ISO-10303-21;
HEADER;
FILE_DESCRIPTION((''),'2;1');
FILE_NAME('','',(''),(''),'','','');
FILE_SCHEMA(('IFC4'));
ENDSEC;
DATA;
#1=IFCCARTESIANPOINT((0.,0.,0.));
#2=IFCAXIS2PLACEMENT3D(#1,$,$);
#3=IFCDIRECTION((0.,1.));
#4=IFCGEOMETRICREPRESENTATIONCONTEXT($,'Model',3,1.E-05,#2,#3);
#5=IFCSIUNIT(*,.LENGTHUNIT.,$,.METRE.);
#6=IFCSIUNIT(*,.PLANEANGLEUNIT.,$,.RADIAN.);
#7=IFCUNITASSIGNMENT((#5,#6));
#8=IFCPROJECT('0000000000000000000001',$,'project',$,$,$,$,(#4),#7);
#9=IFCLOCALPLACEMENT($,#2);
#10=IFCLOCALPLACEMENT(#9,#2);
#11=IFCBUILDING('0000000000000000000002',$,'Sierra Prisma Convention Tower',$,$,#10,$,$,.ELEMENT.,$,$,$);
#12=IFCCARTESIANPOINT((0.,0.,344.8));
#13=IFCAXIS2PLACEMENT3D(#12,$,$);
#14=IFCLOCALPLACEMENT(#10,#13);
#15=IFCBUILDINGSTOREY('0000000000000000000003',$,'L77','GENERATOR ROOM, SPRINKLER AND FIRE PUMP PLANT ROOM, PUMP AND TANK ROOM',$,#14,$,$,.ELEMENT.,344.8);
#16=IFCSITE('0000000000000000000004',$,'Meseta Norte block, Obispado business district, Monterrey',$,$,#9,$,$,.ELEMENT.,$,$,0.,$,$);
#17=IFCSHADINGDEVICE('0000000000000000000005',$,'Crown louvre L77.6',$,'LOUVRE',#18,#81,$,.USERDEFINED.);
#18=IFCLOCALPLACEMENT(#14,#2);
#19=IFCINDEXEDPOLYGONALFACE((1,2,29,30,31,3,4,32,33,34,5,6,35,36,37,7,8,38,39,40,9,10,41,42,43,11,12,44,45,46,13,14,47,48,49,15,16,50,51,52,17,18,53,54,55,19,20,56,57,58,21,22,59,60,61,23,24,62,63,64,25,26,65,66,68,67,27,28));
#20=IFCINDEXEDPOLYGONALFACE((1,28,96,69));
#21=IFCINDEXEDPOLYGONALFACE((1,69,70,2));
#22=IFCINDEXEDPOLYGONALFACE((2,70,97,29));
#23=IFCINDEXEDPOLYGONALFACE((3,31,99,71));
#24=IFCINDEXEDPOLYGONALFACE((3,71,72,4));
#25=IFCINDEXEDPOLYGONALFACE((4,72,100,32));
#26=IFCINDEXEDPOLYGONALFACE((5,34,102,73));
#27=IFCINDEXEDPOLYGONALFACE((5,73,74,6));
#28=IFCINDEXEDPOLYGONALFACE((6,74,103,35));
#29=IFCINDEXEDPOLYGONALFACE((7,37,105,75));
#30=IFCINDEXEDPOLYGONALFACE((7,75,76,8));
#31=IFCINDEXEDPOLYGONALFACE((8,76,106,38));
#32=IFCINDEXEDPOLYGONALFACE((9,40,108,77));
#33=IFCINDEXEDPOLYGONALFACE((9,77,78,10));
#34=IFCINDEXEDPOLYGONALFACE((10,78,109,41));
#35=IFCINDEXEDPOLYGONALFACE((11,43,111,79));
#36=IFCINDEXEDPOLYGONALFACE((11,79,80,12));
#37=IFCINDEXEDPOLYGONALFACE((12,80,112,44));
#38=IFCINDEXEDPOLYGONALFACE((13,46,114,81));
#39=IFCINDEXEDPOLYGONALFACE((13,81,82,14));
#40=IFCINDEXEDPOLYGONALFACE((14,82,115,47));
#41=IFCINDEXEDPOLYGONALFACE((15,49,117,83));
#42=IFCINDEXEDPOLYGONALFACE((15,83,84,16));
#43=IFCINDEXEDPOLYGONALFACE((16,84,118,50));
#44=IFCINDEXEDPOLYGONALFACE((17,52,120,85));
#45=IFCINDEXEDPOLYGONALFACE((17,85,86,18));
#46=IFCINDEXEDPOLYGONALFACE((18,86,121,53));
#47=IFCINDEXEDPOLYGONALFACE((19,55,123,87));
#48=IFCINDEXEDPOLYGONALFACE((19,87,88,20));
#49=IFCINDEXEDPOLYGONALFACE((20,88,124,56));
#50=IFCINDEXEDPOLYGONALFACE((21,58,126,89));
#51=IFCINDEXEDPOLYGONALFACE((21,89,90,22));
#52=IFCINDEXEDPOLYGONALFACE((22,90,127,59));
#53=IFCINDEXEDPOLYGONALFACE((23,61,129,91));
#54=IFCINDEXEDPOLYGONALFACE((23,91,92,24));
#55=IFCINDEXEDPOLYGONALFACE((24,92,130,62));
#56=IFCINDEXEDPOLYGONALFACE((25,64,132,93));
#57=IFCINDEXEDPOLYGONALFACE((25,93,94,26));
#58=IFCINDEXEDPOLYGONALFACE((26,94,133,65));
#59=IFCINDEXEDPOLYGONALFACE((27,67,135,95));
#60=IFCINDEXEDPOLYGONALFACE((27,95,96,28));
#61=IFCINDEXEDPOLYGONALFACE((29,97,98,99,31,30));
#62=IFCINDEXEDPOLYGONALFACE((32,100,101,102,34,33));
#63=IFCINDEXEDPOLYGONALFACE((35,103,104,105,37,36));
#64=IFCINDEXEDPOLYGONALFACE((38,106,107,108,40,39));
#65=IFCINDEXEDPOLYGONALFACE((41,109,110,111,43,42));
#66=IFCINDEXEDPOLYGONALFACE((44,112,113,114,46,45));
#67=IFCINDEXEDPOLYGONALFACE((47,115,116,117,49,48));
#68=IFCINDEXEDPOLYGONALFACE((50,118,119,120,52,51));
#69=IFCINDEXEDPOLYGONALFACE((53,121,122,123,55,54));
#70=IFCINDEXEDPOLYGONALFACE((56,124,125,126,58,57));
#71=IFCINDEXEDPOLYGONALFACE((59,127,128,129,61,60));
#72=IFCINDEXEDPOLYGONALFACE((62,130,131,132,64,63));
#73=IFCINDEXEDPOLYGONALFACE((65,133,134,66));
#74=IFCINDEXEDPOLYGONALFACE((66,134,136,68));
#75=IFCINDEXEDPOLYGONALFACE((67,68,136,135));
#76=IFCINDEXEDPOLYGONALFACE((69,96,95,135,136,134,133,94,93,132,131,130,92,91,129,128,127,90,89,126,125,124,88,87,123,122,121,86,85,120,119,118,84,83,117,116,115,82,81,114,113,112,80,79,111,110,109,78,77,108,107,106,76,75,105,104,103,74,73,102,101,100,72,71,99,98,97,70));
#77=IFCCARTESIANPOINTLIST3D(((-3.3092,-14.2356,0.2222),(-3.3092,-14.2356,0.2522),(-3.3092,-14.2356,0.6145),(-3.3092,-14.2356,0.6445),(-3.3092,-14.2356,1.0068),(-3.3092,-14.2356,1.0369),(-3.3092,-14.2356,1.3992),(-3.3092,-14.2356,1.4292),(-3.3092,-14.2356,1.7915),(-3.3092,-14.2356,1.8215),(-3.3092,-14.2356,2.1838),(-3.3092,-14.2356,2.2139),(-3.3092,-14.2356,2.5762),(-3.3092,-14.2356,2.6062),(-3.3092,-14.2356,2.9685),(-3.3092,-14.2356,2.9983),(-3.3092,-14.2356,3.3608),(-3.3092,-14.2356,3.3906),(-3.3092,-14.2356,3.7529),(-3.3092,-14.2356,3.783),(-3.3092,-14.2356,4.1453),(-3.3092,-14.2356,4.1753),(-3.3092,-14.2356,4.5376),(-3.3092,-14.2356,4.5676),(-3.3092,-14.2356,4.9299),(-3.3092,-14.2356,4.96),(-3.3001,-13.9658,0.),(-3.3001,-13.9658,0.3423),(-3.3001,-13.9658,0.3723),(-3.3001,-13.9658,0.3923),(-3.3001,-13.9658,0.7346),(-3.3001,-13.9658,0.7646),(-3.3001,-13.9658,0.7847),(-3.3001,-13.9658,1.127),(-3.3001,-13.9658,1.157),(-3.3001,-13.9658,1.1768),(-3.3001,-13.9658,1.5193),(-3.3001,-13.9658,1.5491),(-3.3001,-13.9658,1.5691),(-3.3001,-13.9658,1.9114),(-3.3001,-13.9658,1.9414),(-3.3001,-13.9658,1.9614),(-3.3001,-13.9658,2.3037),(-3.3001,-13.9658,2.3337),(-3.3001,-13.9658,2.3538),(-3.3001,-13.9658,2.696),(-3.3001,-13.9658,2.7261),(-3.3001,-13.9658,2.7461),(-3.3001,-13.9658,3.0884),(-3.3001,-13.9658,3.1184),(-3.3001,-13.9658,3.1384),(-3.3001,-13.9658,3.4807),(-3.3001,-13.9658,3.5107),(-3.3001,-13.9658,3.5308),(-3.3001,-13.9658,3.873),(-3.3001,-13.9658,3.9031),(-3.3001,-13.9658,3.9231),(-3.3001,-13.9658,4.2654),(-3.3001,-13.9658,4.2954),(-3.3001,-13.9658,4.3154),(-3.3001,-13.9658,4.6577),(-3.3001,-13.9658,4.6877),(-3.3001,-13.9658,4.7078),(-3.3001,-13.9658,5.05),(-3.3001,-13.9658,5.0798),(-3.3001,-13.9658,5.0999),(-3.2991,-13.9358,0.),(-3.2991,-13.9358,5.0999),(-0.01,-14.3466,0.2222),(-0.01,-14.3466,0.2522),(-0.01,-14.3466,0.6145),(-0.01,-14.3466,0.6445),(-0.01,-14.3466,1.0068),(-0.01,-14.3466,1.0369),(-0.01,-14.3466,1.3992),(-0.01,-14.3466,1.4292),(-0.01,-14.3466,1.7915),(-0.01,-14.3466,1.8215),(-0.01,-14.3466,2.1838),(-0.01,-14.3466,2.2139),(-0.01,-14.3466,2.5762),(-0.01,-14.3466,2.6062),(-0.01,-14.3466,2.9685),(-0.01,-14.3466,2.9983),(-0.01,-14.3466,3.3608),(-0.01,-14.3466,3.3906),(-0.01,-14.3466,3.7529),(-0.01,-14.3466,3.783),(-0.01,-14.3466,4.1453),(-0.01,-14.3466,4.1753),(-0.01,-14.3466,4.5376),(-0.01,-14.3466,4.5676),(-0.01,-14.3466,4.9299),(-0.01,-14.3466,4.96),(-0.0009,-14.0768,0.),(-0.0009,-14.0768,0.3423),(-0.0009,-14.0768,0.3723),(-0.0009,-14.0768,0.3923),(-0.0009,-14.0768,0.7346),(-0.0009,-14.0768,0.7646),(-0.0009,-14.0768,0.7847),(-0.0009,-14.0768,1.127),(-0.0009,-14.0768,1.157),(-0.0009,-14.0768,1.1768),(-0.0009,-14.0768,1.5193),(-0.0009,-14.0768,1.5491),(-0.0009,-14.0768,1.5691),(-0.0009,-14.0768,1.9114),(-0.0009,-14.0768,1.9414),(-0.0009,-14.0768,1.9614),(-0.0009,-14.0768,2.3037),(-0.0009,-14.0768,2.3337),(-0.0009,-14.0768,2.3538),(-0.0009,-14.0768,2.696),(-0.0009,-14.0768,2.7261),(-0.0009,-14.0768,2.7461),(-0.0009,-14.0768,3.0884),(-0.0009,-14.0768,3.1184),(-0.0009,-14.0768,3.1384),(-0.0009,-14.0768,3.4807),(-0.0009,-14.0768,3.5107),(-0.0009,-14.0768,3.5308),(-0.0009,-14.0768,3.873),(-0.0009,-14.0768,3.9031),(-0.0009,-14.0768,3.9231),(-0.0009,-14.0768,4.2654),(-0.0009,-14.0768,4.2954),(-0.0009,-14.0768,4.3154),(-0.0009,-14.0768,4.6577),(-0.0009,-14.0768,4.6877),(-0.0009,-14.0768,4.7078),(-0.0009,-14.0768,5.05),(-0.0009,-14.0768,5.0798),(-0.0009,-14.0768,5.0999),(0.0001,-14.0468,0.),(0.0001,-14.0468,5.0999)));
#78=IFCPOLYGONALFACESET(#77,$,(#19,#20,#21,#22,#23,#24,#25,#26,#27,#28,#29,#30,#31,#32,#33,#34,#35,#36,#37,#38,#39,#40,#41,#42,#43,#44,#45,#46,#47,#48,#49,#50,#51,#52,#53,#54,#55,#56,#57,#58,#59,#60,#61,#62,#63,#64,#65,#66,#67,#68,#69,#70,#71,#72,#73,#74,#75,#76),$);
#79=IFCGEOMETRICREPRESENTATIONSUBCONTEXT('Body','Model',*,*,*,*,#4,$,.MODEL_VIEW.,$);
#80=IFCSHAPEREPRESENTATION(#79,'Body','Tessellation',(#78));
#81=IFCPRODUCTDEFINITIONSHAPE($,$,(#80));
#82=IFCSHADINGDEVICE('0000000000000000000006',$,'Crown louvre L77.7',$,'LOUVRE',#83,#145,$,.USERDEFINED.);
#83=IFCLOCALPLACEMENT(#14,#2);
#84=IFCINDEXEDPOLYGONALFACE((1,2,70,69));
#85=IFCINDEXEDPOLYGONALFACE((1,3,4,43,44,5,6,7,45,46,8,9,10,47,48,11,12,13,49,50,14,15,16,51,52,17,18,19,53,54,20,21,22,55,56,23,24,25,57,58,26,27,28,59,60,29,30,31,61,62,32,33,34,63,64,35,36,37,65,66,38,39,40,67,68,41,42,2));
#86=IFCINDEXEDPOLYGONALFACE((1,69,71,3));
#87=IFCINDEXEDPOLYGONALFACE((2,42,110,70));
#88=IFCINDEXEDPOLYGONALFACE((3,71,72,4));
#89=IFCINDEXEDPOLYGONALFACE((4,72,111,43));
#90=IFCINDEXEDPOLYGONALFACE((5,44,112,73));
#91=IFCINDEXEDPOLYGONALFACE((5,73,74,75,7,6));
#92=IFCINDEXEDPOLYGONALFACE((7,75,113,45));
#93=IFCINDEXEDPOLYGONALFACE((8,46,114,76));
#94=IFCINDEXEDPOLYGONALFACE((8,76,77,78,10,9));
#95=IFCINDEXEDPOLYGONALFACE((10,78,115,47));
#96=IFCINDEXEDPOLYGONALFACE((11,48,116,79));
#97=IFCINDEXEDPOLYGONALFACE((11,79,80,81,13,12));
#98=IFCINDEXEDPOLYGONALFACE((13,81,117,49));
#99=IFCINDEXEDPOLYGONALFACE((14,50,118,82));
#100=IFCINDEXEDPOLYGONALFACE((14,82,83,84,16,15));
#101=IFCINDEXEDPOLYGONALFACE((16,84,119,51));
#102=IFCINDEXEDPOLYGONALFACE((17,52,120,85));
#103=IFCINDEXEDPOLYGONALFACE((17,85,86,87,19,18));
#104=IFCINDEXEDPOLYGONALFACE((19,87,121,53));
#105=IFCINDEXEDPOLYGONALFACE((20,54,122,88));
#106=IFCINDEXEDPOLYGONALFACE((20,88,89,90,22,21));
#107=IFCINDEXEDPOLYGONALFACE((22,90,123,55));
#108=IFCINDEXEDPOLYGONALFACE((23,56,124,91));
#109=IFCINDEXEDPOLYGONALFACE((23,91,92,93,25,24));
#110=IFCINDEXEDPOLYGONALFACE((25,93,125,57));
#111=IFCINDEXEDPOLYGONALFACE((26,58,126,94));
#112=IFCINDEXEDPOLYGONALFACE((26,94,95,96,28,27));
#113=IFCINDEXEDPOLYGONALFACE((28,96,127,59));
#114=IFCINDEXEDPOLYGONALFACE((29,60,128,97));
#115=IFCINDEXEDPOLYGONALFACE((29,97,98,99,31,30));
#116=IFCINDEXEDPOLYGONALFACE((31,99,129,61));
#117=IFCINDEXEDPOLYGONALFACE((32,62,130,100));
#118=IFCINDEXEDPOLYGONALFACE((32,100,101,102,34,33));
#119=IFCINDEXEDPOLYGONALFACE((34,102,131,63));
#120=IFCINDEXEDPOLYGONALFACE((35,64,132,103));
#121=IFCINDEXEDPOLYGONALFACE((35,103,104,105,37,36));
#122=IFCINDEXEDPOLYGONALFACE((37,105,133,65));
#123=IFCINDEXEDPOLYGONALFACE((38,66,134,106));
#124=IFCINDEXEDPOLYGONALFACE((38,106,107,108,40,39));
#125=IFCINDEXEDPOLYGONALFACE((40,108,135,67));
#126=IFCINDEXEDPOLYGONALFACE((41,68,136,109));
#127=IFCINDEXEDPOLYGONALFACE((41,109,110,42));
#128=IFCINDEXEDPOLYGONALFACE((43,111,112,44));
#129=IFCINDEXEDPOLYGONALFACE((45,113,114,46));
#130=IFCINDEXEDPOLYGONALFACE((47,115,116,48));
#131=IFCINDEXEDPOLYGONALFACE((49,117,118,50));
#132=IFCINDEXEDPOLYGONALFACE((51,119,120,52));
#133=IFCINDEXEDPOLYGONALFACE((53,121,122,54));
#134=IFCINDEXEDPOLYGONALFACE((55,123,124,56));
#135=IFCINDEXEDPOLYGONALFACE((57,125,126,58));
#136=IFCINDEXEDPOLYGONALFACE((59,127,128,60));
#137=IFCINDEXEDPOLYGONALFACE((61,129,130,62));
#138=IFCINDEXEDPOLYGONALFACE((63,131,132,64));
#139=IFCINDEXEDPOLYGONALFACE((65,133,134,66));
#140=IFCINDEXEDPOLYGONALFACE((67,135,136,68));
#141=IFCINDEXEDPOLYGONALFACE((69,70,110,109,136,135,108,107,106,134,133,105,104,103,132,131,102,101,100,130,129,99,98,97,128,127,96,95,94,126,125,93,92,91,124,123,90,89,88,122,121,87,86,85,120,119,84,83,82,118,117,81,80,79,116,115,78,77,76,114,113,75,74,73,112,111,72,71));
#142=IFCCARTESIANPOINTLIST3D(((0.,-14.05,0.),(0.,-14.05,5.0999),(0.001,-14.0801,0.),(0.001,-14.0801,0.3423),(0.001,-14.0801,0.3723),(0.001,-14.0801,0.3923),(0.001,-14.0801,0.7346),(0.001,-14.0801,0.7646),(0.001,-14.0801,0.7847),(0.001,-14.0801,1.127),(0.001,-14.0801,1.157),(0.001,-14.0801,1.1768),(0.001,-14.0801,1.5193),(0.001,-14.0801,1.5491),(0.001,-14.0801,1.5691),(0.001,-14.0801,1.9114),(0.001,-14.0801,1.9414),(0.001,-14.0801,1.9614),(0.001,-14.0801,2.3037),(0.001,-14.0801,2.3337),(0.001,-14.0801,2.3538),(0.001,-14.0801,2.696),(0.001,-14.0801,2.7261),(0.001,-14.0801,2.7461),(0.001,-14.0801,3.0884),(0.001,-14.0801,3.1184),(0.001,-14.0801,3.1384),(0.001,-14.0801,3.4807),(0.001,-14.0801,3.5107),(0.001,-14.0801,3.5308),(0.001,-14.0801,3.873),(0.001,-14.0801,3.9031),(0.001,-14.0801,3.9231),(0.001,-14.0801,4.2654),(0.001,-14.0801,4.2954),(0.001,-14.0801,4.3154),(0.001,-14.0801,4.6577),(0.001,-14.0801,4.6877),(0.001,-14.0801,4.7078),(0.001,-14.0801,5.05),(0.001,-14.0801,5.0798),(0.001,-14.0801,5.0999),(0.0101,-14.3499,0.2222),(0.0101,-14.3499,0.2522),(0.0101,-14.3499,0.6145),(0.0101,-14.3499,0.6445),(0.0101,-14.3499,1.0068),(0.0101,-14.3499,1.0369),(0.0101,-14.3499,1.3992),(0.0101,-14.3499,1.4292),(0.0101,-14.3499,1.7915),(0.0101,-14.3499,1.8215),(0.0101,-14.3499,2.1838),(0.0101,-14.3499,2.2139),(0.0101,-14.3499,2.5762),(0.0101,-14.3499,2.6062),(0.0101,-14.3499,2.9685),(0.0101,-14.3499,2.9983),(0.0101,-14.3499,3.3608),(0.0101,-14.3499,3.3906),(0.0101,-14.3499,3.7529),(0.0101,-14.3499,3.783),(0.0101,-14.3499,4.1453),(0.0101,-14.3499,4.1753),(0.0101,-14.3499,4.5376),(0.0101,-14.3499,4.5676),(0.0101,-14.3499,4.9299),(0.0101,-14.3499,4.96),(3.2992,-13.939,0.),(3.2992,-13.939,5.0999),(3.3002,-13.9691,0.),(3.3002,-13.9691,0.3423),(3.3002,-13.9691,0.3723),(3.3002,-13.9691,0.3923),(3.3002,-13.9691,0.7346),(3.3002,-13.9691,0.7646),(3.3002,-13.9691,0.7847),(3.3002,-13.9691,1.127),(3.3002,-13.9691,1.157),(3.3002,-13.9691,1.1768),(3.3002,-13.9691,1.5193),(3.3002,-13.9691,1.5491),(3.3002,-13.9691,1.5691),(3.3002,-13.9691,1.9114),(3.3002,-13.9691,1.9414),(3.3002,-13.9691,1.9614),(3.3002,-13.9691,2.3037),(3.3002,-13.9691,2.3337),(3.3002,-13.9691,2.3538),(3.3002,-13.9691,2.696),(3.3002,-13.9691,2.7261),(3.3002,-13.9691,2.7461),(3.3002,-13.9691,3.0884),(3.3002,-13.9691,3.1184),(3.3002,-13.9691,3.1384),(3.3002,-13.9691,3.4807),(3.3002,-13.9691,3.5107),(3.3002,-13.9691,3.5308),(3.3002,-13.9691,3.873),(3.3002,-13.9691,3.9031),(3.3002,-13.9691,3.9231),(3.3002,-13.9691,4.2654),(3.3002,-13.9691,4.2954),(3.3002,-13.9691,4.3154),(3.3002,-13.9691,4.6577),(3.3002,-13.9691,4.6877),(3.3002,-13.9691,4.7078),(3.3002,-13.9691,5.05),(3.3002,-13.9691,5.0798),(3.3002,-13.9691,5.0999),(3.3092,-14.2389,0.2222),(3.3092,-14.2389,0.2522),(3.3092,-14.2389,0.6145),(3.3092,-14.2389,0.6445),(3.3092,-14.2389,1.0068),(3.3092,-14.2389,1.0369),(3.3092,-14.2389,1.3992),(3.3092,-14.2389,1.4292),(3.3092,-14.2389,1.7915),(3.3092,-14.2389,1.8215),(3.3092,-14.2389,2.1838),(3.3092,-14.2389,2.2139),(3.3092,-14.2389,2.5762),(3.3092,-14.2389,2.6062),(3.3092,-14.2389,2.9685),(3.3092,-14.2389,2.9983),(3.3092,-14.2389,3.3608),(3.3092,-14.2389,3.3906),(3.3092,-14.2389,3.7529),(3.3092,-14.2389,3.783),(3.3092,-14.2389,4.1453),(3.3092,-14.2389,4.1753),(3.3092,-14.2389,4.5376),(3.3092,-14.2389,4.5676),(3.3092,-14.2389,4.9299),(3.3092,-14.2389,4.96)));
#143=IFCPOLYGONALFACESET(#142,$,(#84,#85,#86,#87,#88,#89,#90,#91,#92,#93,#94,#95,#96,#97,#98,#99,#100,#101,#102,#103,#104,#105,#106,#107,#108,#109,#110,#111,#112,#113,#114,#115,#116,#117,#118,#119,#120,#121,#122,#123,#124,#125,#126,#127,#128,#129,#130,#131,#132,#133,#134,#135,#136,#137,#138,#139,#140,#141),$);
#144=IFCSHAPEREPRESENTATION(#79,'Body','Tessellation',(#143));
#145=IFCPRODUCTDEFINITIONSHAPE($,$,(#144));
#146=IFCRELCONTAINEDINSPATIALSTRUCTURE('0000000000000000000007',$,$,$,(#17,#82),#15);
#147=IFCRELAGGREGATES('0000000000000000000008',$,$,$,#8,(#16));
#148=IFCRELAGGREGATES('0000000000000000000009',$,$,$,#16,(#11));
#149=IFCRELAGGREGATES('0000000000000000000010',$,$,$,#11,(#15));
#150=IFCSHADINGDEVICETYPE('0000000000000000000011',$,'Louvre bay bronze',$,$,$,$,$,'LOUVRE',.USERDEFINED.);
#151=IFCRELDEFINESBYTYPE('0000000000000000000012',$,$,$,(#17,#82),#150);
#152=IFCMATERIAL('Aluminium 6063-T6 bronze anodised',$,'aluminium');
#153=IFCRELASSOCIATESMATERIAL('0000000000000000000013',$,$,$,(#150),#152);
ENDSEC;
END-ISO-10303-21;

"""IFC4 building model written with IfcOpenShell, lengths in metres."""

from ifc_helpers import new_model, si_unit, direction, frame, origin, place, context, subcontext, project, spatial, polyline, outline, extrude, material, type_object, element, save


model = new_model("IFC4")

# Units and contexts
model_context = context("Model", 3, precision=1e-05, world=origin(), true_north=direction((0.0, 1.0)))
body_context = subcontext(model_context, "Body", "Model", "MODEL_VIEW")
ifc_project = project(units=[si_unit("LENGTHUNIT", "METRE"), si_unit("PLANEANGLEUNIT", "RADIAN")], contexts=[model_context])

# Site, building, storey
site_placement = place(None, origin())
site = spatial("IfcSite", under=ifc_project, at=site_placement, Name="Meseta Norte block, Obispado business district, Monterrey", CompositionType="ELEMENT", RefElevation=0.0)
building_placement = place(site_placement, origin())
building = spatial("IfcBuilding", under=site, at=building_placement, Name="Sierra Prisma Convention Tower", CompositionType="ELEMENT")
storey_placement = place(building_placement, frame((0.0, 0.0, 344.8)))
storey = spatial("IfcBuildingStorey", under=building, at=storey_placement, Name="L77", Description="GENERATOR ROOM, SPRINKLER AND FIRE PUMP PLANT ROOM, PUMP AND TANK ROOM", CompositionType="ELEMENT", Elevation=344.8)

# Shading devices
ifc_material_1 = material(Name="Aluminium 6063-T6 bronze anodised", Category="aluminium")
shading_device_type = type_object("IfcShadingDeviceType", Name="Louvre bay bronze", ElementType="LOUVRE", PredefinedType="USERDEFINED", material=ifc_material_1)
shading_device_1_placement = place(storey_placement, frame((-3.2991, -13.9358, 0.0), z_axis=(-0.999434, 0.033631, 0.0), x_axis=(0.0, 0.0, 1.0)))
element("IfcShadingDevice", 1, at=shading_device_1_placement, inside=storey, type_object=shading_device_type, Name="Crown louvre L77.6", ObjectType="LOUVRE", PredefinedType="USERDEFINED", context=body_context, shape_type="SweptSolid", body=[
    extrude(outline(polyline([(0.0, 0.0), (5.0999, 0.0), (5.0999, -0.03), (5.0798, -0.03), (4.96, -0.3), (4.9299, -0.3), (5.05, -0.03), (4.7078, -0.03), (4.6877, -0.03), (4.5676, -0.3), (4.5376, -0.3), (4.6577, -0.03), (4.3154, -0.03), (4.2954, -0.03), (4.1753, -0.3), (4.1453, -0.3), (4.2654, -0.03), (3.9231, -0.03), (3.9031, -0.03), (3.783, -0.3), (3.7529, -0.3), (3.873, -0.03), (3.5308, -0.03), (3.5107, -0.03), (3.3906, -0.3), (3.3608, -0.3), (3.4807, -0.03), (3.1384, -0.03), (3.1184, -0.03), (2.9983, -0.3), (2.9685, -0.3), (3.0884, -0.03), (2.7461, -0.03), (2.7261, -0.03), (2.6062, -0.3), (2.5762, -0.3), (2.696, -0.03), (2.3538, -0.03), (2.3337, -0.03), (2.2139, -0.3), (2.1838, -0.3), (2.3037, -0.03), (1.9614, -0.03), (1.9414, -0.03), (1.8215, -0.3), (1.7915, -0.3), (1.9114, -0.03), (1.5691, -0.03), (1.5491, -0.03), (1.4292, -0.3), (1.3992, -0.3), (1.5193, -0.03), (1.1768, -0.03), (1.157, -0.03), (1.0369, -0.3), (1.0068, -0.3), (1.127, -0.03), (0.7847, -0.03), (0.7646, -0.03), (0.6445, -0.3), (0.6145, -0.3), (0.7346, -0.03), (0.3923, -0.03), (0.3723, -0.03), (0.2522, -0.3), (0.2222, -0.3), (0.3423, -0.03), (0.0, -0.03), (0.0, 0.0)])), origin(), (0.0, 0.0, -1.0), 3.301),
])
shading_device_2_placement = place(storey_placement, frame((0.0, -14.05, 0.0), z_axis=(-0.999434, -0.033631, 0.0), x_axis=(0.0, 0.0, 1.0)))
element("IfcShadingDevice", 2, at=shading_device_2_placement, inside=storey, type_object=shading_device_type, Name="Crown louvre L77.7", ObjectType="LOUVRE", PredefinedType="USERDEFINED", context=body_context, shape_type="SweptSolid", body=[
    extrude(outline(polyline([(0.0, 0.0), (5.0999, 0.0), (5.0999, -0.03), (5.0798, -0.03), (4.96, -0.3), (4.9299, -0.3), (5.05, -0.03), (4.7078, -0.03), (4.6877, -0.03), (4.5676, -0.3), (4.5376, -0.3), (4.6577, -0.03), (4.3154, -0.03), (4.2954, -0.03), (4.1753, -0.3), (4.1453, -0.3), (4.2654, -0.03), (3.9231, -0.03), (3.9031, -0.03), (3.783, -0.3), (3.7529, -0.3), (3.873, -0.03), (3.5308, -0.03), (3.5107, -0.03), (3.3906, -0.3), (3.3608, -0.3), (3.4807, -0.03), (3.1384, -0.03), (3.1184, -0.03), (2.9983, -0.3), (2.9685, -0.3), (3.0884, -0.03), (2.7461, -0.03), (2.7261, -0.03), (2.6062, -0.3), (2.5762, -0.3), (2.696, -0.03), (2.3538, -0.03), (2.3337, -0.03), (2.2139, -0.3), (2.1838, -0.3), (2.3037, -0.03), (1.9614, -0.03), (1.9414, -0.03), (1.8215, -0.3), (1.7915, -0.3), (1.9114, -0.03), (1.5691, -0.03), (1.5491, -0.03), (1.4292, -0.3), (1.3992, -0.3), (1.5193, -0.03), (1.1768, -0.03), (1.157, -0.03), (1.0369, -0.3), (1.0068, -0.3), (1.127, -0.03), (0.7847, -0.03), (0.7646, -0.03), (0.6445, -0.3), (0.6145, -0.3), (0.7346, -0.03), (0.3923, -0.03), (0.3723, -0.03), (0.2522, -0.3), (0.2222, -0.3), (0.3423, -0.03), (0.0, -0.03), (0.0, 0.0)])), origin(), (0.0, 0.0, -1.0), 3.301),
])

save(model, "model.ifc")
